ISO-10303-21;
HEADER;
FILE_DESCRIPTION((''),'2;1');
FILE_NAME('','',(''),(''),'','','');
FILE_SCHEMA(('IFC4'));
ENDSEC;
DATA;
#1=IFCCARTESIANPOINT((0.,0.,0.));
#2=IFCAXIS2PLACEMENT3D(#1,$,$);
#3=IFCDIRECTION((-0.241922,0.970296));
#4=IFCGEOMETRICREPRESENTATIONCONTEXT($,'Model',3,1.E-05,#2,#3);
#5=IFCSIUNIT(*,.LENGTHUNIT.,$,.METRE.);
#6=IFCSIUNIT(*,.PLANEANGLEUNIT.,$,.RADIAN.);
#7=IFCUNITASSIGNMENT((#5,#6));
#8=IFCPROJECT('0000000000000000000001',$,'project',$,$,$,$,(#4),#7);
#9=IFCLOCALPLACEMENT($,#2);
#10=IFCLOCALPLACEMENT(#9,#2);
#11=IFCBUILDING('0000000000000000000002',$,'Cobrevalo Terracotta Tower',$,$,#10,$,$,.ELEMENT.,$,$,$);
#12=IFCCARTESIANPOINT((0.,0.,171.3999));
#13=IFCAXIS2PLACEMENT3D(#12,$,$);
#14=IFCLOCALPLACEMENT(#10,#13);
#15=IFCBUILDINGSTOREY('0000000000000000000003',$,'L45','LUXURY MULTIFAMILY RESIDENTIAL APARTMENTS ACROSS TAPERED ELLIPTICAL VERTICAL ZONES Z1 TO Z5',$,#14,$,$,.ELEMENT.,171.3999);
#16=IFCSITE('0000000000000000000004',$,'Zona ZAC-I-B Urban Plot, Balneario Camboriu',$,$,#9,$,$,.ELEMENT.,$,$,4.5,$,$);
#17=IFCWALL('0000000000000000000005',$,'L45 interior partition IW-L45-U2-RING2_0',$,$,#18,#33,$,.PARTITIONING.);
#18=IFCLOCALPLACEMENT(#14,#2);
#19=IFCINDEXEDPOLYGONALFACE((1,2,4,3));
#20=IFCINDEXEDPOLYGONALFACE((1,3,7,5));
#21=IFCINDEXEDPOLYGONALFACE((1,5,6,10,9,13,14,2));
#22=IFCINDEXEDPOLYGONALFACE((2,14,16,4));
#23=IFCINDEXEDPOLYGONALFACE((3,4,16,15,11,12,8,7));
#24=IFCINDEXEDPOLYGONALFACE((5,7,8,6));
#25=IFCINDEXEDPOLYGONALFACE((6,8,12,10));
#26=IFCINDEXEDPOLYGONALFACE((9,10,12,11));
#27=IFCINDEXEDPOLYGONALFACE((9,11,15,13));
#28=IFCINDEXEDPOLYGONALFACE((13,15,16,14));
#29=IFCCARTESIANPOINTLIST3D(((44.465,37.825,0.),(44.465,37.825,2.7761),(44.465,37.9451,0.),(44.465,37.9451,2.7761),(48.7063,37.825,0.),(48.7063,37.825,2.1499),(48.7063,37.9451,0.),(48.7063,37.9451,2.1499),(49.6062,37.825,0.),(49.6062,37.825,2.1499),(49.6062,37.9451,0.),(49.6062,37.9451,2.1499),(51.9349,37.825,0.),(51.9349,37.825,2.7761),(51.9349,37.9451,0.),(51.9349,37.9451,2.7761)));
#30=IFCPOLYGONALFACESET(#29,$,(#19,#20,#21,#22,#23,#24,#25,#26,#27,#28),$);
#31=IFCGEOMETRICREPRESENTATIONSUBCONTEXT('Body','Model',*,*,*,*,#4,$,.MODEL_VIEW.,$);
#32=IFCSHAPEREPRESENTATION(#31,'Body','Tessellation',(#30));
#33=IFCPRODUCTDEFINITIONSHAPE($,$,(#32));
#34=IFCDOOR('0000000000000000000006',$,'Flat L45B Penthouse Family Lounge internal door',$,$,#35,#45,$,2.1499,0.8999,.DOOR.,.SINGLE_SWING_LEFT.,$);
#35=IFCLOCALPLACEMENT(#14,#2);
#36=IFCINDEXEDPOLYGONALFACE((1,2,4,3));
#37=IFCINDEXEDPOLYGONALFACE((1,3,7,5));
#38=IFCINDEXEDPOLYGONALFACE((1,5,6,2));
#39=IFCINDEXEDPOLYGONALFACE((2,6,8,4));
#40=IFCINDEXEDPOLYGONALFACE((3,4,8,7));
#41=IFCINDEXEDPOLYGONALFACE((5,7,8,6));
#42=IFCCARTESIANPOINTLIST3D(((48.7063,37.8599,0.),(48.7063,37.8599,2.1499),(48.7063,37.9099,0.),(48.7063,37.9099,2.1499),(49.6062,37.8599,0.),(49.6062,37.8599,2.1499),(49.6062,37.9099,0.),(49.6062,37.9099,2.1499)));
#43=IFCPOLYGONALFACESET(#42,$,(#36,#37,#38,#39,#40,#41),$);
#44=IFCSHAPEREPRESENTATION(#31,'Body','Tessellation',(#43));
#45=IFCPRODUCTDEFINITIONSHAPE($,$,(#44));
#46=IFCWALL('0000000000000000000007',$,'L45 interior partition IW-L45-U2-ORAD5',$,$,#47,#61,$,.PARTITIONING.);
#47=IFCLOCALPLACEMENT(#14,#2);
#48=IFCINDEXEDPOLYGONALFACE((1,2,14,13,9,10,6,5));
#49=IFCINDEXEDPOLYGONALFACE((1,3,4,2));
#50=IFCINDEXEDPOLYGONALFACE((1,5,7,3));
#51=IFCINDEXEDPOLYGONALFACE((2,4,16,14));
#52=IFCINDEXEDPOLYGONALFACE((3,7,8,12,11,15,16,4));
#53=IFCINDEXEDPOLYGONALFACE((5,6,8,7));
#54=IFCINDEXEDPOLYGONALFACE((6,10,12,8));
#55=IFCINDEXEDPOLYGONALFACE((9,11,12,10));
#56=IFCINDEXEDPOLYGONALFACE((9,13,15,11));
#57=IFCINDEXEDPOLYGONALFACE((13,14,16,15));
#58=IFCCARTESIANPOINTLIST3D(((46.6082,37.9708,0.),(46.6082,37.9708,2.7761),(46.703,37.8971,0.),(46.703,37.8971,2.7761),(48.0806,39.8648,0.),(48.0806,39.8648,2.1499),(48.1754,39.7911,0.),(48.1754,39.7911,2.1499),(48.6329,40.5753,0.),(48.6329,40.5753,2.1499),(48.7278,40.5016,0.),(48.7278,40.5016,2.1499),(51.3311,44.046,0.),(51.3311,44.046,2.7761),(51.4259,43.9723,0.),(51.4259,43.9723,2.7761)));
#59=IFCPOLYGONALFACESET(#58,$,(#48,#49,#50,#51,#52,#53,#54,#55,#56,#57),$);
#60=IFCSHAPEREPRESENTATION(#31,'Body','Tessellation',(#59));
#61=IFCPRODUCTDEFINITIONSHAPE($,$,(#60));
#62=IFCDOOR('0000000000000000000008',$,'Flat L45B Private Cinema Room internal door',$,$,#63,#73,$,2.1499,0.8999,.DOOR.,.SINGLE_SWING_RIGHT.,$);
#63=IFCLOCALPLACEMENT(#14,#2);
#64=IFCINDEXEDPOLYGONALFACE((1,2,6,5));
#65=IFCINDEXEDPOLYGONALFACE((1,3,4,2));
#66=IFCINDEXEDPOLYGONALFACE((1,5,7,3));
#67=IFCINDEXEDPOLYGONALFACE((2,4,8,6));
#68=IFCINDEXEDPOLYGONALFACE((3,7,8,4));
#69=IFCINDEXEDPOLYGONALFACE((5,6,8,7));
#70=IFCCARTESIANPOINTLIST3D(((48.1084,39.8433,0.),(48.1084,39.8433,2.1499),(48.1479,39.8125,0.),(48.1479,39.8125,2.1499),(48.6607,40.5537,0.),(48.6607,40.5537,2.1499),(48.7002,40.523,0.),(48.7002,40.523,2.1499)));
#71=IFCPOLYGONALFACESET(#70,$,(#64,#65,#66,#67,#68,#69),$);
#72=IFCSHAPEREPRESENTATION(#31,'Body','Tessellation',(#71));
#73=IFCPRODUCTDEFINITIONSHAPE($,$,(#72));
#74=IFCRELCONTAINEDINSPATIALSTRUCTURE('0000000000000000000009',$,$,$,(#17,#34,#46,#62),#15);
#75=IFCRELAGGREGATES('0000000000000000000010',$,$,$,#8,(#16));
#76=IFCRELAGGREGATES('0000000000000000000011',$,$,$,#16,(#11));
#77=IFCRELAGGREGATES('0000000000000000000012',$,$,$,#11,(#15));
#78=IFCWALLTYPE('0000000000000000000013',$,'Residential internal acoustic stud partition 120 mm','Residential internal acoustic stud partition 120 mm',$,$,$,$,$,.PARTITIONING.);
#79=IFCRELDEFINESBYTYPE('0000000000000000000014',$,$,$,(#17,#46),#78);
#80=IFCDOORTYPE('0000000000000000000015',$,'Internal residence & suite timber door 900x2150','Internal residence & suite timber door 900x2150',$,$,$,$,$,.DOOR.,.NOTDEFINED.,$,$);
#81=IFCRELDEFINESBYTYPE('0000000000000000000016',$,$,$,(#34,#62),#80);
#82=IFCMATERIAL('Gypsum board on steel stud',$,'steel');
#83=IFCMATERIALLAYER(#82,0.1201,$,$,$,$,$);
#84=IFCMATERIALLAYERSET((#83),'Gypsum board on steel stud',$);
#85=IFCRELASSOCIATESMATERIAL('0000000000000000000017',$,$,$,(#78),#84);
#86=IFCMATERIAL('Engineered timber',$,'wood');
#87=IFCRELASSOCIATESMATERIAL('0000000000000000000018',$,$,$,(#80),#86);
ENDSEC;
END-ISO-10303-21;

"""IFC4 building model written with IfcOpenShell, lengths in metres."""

from ifc_helpers import new_model, si_unit, direction, frame, frame_2d, origin, place, context, subcontext, project, spatial, rectangle, extrude, source, transform, mapped, material, layer, layer_set, type_object, element, fill, save


model = new_model("IFC4")

# Units and contexts
model_context = context("Model", 3, precision=1e-05, world=origin(), true_north=direction((-0.241922, 0.970296)))
body_context = subcontext(model_context, "Body", "Model", "MODEL_VIEW")
ifc_project = project(units=[si_unit("LENGTHUNIT", "METRE"), si_unit("PLANEANGLEUNIT", "RADIAN")], contexts=[model_context])

# Site, building, storey
site_placement = place(None, origin())
site = spatial("IfcSite", under=ifc_project, at=site_placement, Name="Zona ZAC-I-B Urban Plot, Balneario Camboriu", CompositionType="ELEMENT", RefElevation=4.5)
building_placement = place(site_placement, origin())
building = spatial("IfcBuilding", under=site, at=building_placement, Name="Cobrevalo Terracotta Tower", CompositionType="ELEMENT")
storey_placement = place(building_placement, frame((0.0, 0.0, 171.3999)))
storey = spatial("IfcBuildingStorey", under=building, at=storey_placement, Name="L45", Description="LUXURY MULTIFAMILY RESIDENTIAL APARTMENTS ACROSS TAPERED ELLIPTICAL VERTICAL ZONES Z1 TO Z5", CompositionType="ELEMENT", Elevation=171.3999)

# Shared definitions
ifc_material_1 = material(Name="Gypsum board on steel stud", Category="steel")
ifc_layer_1 = layer(ifc_material_1, 0.1201)
ifc_layer_set_1 = layer_set([ifc_layer_1], Name="Gypsum board on steel stud")
wall_type_1 = type_object("IfcWallType", Name="Residential internal acoustic stud partition 120 mm", Description="Residential internal acoustic stud partition 120 mm", PredefinedType="PARTITIONING", material=ifc_layer_set_1)

# Walls, openings, doors
wall_1_placement = place(storey_placement, frame((44.4651, 37.885, 0.0), z_axis=(0.0, 0.0, 1.0), x_axis=(1.0, 0.0, 0.0)))
wall_1 = element("IfcWall", 1, at=wall_1_placement, inside=storey, type_object=wall_type_1, Name="L45 interior partition IW-L45-U2-RING2_0", PredefinedType="PARTITIONING", context=body_context, shape_type="SweptSolid", body=[
    extrude(rectangle(XDim=7.47, YDim=0.1201, at=frame_2d((3.7349, 0.0))), origin(), (0.0, 0.0, 1.0), 2.7761),
])
opening_1_placement = place(wall_1_placement, frame((4.2412, 0.0, 0.0)))
opening_1 = element("IfcOpeningElement", 2, at=opening_1_placement, cuts=wall_1, PredefinedType="OPENING", context=body_context, shape_type="SweptSolid", body=[
    extrude(rectangle(XDim=0.8999, YDim=2.1499, at=frame_2d((0.45, 1.075))), frame((0.0, 0.0701, 0.0), z_axis=(0.0, -1.0, 0.0), x_axis=(1.0, 0.0, 0.0)), (0.0, 0.0, 1.0), 0.1401),
])
ifc_material_2 = material(Name="Engineered timber", Category="wood")
door_type_1 = type_object("IfcDoorType", Name="Internal residence & suite timber door 900x2150", Description="Internal residence & suite timber door 900x2150", OperationType="NOTDEFINED", PredefinedType="DOOR", material=ifc_material_2)
shared_shape_1 = source(origin(), body_context, "Body", "SweptSolid", [
    extrude(rectangle(XDim=0.8999, YDim=2.1499, at=frame_2d((0.45, 1.075))), frame((0.0, 0.0249, 0.0), z_axis=(0.0, -1.0, 0.0), x_axis=(1.0, 0.0, 0.0)), (0.0, 0.0, 1.0), 0.05),
])
door_1_placement = place(opening_1_placement, origin())
door_1 = element("IfcDoor", 3, at=door_1_placement, inside=storey, type_object=door_type_1, Name="Flat L45B Penthouse Family Lounge internal door", OperationType="SINGLE_SWING_LEFT", OverallHeight=2.1499, OverallWidth=0.8999, PredefinedType="DOOR", context=body_context, shape_type="MappedRepresentation", body=[
    mapped(shared_shape_1, transform((0.0, 0.0, 0.0), scale=1.0)),
])
fill(opening_1, door_1)
wall_2_placement = place(storey_placement, frame((46.6555, 37.9338, 0.0), z_axis=(0.0, 0.0, 1.0), x_axis=(0.613758, 0.789494, 0.0)))
wall_2 = element("IfcWall", 4, at=wall_2_placement, inside=storey, type_object=wall_type_1, Name="L45 interior partition IW-L45-U2-ORAD5", PredefinedType="PARTITIONING", context=body_context, shape_type="SweptSolid", body=[
    extrude(rectangle(XDim=7.6951, YDim=0.1201, at=frame_2d((3.8477, 0.0))), origin(), (0.0, 0.0, 1.0), 2.7761),
])
opening_2_placement = place(wall_2_placement, frame((2.3992, 0.0, 0.0)))
opening_2 = element("IfcOpeningElement", 5, at=opening_2_placement, cuts=wall_2, PredefinedType="OPENING", context=body_context, shape_type="SweptSolid", body=[
    extrude(rectangle(XDim=0.8999, YDim=2.1499, at=frame_2d((0.45, 1.075))), frame((0.0, 0.0701, 0.0), z_axis=(0.0, -1.0, 0.0), x_axis=(1.0, 0.0, 0.0)), (0.0, 0.0, 1.0), 0.1401),
])
door_2_placement = place(opening_2_placement, origin())
door_2 = element("IfcDoor", 6, at=door_2_placement, inside=storey, type_object=door_type_1, Name="Flat L45B Private Cinema Room internal door", OperationType="SINGLE_SWING_RIGHT", OverallHeight=2.1499, OverallWidth=0.8999, PredefinedType="DOOR", context=body_context, shape_type="MappedRepresentation", body=[
    mapped(shared_shape_1, transform((0.0, 0.0, 0.0), scale=1.0)),
])
fill(opening_2, door_2)

save(model, "model.ifc")
